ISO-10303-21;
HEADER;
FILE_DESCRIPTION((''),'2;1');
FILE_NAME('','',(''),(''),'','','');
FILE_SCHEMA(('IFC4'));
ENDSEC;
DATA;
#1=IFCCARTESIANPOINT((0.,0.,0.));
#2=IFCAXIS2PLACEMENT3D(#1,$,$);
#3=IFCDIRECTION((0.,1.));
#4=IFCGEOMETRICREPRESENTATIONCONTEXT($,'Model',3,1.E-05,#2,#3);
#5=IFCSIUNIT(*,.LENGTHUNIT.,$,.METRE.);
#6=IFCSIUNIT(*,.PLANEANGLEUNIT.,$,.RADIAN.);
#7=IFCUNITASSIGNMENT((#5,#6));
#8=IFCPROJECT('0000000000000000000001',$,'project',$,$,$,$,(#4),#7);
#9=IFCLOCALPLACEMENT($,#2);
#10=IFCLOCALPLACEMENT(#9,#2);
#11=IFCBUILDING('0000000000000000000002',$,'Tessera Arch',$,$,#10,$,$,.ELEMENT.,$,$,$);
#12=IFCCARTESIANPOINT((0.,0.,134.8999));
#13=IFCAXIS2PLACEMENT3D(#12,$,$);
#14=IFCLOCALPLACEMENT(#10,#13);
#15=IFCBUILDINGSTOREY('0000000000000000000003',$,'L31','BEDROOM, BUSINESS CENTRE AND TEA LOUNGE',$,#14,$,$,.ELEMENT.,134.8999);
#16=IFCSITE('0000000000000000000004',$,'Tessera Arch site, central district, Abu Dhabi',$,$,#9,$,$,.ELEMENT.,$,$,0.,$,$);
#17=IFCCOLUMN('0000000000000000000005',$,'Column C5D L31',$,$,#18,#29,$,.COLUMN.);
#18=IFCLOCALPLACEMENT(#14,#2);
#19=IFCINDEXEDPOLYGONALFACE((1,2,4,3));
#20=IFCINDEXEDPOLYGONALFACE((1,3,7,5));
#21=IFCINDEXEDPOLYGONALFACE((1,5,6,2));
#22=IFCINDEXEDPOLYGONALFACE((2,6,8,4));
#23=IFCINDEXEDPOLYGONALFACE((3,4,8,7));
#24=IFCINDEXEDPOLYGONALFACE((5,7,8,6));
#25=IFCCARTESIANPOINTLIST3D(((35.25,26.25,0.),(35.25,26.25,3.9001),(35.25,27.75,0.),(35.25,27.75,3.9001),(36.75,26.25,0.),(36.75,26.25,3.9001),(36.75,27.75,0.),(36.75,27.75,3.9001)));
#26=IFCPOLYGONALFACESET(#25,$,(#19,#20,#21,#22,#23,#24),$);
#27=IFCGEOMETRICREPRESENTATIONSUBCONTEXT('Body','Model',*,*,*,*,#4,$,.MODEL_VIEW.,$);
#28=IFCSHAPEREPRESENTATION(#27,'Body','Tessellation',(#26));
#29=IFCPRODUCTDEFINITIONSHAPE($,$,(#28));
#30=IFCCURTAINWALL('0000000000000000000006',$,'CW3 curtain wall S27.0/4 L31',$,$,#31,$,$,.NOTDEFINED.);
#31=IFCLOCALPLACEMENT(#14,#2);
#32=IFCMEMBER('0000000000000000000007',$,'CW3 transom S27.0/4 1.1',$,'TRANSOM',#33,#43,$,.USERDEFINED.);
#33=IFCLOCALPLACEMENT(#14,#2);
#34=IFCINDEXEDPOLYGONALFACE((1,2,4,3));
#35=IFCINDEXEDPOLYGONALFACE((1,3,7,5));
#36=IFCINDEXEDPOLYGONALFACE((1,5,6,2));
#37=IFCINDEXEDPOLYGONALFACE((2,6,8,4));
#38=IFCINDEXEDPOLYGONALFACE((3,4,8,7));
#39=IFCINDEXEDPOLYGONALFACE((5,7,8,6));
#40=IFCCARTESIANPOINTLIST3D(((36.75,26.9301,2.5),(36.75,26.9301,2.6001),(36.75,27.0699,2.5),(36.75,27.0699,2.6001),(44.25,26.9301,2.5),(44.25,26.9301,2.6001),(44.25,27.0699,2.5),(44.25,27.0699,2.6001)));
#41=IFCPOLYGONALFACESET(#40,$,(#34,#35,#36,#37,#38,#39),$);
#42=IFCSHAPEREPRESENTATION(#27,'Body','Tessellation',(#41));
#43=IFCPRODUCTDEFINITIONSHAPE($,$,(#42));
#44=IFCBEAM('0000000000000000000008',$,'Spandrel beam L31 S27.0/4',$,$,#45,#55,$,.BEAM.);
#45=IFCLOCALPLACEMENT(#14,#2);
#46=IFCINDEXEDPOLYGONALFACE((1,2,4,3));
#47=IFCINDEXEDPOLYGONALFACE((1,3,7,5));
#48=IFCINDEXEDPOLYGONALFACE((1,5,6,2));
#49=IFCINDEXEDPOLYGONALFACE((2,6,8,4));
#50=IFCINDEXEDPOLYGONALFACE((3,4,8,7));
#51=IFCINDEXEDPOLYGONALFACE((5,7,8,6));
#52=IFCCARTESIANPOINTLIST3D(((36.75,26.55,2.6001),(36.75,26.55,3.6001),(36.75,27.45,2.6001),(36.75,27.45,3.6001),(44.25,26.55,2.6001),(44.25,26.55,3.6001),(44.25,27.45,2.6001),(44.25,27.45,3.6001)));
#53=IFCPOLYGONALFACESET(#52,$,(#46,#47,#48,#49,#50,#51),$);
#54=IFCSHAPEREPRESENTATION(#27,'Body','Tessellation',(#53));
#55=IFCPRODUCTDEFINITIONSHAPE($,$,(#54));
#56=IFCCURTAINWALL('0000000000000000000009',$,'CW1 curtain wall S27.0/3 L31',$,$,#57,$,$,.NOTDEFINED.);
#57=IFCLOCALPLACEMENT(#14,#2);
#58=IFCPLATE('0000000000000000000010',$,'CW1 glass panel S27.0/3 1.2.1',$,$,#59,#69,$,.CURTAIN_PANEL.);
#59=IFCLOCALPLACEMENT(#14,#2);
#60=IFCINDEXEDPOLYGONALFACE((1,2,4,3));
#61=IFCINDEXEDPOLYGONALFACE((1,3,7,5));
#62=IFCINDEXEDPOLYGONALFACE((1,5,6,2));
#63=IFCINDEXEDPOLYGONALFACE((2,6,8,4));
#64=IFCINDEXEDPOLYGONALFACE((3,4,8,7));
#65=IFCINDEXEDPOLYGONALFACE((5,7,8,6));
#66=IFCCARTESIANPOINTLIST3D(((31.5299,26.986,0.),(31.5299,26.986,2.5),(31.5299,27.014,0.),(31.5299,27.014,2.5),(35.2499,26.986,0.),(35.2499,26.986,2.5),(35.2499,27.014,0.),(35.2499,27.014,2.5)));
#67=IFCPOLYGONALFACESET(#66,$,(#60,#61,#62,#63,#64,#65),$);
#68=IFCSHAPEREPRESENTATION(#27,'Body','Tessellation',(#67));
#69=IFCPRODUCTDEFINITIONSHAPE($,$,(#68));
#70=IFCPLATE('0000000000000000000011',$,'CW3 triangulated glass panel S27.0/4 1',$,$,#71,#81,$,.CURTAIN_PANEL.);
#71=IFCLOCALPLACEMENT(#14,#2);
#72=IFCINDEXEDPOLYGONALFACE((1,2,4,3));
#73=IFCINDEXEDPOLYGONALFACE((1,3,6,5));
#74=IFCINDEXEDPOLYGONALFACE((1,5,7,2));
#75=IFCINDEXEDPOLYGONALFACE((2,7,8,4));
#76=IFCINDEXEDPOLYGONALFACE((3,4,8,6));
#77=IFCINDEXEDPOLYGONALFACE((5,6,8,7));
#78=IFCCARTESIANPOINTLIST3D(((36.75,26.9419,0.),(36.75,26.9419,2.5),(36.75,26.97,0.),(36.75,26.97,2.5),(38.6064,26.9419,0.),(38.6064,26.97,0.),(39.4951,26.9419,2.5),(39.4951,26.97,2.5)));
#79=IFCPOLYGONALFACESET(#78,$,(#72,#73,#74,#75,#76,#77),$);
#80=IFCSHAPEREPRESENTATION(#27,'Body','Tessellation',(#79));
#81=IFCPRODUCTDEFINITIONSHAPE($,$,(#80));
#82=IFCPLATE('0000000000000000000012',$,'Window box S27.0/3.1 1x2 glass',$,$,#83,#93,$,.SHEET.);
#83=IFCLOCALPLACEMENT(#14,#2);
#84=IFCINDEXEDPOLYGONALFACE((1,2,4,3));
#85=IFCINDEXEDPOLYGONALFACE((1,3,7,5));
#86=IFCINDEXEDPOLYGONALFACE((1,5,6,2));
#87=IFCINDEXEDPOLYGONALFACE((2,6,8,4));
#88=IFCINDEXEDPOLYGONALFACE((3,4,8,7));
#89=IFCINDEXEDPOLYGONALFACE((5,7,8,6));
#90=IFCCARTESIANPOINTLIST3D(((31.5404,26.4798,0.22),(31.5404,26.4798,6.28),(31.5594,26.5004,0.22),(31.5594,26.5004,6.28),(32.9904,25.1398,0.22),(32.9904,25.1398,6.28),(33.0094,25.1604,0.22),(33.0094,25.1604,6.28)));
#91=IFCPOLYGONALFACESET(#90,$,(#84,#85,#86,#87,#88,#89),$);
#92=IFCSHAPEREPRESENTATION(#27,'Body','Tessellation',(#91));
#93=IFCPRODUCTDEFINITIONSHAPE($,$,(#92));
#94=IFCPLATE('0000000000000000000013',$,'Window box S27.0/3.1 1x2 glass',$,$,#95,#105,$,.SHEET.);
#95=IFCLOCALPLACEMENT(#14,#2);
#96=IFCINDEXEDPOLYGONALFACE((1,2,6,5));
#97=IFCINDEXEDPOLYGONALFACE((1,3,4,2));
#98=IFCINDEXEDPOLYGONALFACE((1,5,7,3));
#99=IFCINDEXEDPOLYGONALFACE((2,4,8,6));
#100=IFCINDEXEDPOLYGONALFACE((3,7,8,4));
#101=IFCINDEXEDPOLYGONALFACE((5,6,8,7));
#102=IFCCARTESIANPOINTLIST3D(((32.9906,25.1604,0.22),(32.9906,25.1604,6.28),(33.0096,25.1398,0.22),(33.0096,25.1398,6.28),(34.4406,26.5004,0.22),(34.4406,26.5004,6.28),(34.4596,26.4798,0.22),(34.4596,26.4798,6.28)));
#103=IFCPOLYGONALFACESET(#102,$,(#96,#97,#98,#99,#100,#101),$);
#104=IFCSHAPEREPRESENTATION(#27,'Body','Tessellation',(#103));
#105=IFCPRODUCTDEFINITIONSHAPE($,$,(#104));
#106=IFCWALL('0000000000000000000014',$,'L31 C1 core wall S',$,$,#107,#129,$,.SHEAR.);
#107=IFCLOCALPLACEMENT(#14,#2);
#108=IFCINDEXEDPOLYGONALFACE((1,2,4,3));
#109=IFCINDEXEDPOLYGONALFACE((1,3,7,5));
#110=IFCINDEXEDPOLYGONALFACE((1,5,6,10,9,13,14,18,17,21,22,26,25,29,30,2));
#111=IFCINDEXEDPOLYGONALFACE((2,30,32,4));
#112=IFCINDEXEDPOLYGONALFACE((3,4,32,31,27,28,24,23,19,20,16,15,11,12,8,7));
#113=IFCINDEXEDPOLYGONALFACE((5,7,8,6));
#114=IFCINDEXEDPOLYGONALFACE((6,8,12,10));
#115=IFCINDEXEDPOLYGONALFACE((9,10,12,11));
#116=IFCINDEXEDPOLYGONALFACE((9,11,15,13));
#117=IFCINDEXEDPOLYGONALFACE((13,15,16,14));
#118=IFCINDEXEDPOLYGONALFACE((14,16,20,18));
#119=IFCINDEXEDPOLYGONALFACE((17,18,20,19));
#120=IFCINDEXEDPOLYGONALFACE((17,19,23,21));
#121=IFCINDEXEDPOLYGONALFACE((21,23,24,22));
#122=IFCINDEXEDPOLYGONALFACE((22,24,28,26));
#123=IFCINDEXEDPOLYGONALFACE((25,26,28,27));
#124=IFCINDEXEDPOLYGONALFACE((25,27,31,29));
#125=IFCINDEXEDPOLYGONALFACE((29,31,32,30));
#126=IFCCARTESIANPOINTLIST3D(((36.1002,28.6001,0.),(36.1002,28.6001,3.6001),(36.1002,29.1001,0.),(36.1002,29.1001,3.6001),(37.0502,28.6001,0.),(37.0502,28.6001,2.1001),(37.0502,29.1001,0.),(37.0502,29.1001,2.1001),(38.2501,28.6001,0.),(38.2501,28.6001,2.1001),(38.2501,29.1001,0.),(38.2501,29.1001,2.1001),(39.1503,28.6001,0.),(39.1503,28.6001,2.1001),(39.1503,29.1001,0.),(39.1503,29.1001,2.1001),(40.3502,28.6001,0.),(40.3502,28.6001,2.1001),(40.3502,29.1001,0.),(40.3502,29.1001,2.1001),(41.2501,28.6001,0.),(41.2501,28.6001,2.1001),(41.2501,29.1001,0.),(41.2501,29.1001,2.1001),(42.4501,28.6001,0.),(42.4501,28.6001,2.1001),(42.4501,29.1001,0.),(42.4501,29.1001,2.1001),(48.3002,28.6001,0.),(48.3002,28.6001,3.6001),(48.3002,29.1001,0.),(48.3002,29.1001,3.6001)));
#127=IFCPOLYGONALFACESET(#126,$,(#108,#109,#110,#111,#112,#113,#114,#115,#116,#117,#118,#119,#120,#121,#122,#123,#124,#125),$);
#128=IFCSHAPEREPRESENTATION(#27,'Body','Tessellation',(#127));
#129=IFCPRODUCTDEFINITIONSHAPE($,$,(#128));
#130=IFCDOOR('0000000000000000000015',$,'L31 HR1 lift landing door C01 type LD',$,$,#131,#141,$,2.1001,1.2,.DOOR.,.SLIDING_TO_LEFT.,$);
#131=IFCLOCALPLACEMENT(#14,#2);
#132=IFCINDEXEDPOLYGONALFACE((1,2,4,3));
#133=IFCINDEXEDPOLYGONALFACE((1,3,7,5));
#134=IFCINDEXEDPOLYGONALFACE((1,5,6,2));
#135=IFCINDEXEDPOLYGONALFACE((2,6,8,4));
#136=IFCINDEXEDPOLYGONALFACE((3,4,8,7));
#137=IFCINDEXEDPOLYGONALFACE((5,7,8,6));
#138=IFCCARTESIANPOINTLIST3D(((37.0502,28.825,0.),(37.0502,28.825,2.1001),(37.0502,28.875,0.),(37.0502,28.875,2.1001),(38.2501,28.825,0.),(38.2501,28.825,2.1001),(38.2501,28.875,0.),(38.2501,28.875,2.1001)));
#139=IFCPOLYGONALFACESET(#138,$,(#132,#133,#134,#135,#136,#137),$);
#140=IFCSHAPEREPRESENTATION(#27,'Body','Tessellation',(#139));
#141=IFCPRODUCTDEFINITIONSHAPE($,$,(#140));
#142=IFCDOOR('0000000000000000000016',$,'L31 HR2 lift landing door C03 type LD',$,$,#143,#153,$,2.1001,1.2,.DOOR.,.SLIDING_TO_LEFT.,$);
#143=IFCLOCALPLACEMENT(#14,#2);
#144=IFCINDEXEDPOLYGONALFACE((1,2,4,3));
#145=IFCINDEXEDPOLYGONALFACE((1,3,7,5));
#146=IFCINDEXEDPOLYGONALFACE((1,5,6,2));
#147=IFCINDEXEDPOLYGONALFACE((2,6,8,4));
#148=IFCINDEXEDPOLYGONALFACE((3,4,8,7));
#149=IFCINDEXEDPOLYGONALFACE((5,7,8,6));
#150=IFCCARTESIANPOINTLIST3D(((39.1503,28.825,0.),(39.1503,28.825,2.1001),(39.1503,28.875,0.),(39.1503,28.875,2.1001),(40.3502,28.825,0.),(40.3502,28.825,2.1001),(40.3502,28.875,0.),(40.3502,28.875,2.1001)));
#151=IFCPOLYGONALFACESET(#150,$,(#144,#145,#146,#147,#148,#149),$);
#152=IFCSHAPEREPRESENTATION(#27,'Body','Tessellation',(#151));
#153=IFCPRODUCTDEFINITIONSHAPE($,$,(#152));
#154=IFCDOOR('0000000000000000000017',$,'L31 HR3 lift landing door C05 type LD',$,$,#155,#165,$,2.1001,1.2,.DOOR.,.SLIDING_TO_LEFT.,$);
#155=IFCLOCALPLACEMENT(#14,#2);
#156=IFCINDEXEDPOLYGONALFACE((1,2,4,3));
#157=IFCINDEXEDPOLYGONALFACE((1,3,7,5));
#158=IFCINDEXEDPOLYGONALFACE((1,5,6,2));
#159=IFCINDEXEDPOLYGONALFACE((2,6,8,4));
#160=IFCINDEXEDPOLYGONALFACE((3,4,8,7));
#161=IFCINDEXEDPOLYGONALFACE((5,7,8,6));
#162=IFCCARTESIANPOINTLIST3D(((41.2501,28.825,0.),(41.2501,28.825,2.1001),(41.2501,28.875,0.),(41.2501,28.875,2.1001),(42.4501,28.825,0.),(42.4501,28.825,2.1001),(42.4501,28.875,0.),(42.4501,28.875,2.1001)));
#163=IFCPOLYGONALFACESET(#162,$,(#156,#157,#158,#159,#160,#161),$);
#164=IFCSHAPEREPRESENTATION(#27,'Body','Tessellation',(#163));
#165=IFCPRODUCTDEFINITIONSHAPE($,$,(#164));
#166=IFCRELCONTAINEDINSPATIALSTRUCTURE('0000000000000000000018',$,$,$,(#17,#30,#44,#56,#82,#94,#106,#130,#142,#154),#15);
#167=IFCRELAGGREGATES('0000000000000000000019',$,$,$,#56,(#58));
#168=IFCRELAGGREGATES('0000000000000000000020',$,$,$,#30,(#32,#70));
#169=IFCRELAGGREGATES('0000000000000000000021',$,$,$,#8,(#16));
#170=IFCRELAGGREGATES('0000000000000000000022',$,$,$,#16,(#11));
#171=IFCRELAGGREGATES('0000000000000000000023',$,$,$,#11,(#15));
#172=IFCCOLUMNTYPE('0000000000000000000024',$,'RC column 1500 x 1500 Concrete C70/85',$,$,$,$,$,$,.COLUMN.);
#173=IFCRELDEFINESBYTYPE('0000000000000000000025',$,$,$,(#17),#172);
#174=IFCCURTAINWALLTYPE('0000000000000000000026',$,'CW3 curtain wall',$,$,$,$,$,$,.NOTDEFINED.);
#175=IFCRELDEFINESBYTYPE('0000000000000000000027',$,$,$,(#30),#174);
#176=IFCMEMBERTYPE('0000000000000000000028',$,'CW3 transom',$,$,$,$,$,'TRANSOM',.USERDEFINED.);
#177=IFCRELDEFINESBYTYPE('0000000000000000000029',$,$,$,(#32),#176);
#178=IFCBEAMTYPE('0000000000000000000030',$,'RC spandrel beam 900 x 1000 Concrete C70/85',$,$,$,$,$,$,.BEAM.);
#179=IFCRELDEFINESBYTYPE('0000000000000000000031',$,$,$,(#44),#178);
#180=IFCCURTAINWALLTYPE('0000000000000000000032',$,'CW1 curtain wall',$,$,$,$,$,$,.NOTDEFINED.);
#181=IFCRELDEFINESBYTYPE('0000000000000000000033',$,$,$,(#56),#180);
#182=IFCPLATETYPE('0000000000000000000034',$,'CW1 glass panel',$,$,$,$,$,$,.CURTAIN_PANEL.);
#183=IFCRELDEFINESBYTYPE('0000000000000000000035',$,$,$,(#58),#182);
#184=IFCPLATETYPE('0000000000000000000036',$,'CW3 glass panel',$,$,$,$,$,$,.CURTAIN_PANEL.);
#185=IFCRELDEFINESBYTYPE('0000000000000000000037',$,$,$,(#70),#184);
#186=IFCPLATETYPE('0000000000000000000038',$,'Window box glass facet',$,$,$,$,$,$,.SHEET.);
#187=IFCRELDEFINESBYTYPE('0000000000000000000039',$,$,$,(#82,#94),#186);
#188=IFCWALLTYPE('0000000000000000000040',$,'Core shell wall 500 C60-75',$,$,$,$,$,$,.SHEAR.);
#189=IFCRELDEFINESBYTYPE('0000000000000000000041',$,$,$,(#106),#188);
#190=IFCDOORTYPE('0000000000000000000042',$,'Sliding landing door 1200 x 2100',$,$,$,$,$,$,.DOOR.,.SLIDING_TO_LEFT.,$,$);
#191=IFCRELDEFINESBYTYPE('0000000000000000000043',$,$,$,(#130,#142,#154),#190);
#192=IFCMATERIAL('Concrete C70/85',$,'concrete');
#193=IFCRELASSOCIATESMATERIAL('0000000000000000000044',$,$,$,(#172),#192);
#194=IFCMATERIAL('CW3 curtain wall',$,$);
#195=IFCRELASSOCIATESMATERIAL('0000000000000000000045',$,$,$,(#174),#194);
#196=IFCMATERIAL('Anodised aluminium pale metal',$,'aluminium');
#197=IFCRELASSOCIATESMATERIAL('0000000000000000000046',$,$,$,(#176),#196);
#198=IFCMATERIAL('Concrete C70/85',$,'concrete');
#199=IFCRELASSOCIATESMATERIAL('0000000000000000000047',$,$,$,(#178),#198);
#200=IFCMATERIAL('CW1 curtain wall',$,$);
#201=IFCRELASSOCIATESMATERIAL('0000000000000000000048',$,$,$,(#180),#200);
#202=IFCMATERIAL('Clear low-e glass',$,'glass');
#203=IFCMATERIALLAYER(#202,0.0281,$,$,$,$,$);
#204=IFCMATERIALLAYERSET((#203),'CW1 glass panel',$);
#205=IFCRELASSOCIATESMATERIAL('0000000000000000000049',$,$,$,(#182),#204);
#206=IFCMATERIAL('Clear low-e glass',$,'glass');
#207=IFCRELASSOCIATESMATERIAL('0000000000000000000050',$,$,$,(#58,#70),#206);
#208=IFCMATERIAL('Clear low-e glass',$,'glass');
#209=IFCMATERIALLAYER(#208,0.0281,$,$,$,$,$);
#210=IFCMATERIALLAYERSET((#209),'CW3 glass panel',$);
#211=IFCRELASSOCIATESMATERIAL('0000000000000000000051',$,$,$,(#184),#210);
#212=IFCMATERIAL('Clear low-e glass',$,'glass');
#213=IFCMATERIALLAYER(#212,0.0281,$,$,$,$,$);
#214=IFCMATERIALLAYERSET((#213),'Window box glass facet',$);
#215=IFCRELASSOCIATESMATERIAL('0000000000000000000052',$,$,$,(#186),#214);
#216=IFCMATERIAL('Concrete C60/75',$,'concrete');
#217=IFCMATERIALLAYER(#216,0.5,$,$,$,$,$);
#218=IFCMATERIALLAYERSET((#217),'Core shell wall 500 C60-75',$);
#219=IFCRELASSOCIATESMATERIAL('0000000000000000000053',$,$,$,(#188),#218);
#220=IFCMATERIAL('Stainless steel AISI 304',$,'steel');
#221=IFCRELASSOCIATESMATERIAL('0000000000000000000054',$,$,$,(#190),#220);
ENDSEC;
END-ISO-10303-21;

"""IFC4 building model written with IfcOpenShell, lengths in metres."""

from ifc_helpers import new_model, si_unit, direction, frame, frame_2d, origin, origin_2d, place, context, subcontext, project, spatial, polyline, rectangle, outline, extrude, material, layer, layer_set, material_profile, profile_set, type_object, element, fill, aggregate, save


model = new_model("IFC4")

# Units and contexts
model_context = context("Model", 3, precision=1e-05, world=origin(), true_north=direction((0.0, 1.0)))
body_context = subcontext(model_context, "Body", "Model", "MODEL_VIEW")
ifc_project = project(units=[si_unit("LENGTHUNIT", "METRE"), si_unit("PLANEANGLEUNIT", "RADIAN")], contexts=[model_context])

# Site, building, storey
site_placement = place(None, origin())
site = spatial("IfcSite", under=ifc_project, at=site_placement, Name="Tessera Arch site, central district, Abu Dhabi", CompositionType="ELEMENT", RefElevation=0.0)
building_placement = place(site_placement, origin())
building = spatial("IfcBuilding", under=site, at=building_placement, Name="Tessera Arch", CompositionType="ELEMENT")
storey_placement = place(building_placement, frame((0.0, 0.0, 134.8999)))
storey = spatial("IfcBuildingStorey", under=building, at=storey_placement, Name="L31", Description="BEDROOM, BUSINESS CENTRE AND TEA LOUNGE", CompositionType="ELEMENT", Elevation=134.8999)

# Column
ifc_material_1 = material(Name="Concrete C70/85", Category="concrete")
ifc_material_profile_1 = material_profile(ifc_material_1, rectangle(XDim=1.5, YDim=1.5, at=origin_2d()), Name="RC column 1500 x 1500 Concrete C70/85")
ifc_profile_set_1 = profile_set([ifc_material_profile_1], Name="Concrete C70/85")
column_type = type_object("IfcColumnType", Name="RC column 1500 x 1500 Concrete C70/85", PredefinedType="COLUMN", material=ifc_profile_set_1)
column_placement = place(storey_placement, frame((36.0, 27.0, 0.0), z_axis=(0.0, 0.0, 1.0), x_axis=(1.0, 0.0, 0.0)))
element("IfcColumn", 1, at=column_placement, inside=storey, type_object=column_type, Name="Column C5D L31", PredefinedType="COLUMN", context=body_context, shape_type="SweptSolid", body=[
    extrude(rectangle(XDim=1.5, YDim=1.5, at=origin_2d()), origin(), (0.0, 0.0, 1.0), 3.9001),
])

# Curtain wall, member
ifc_material_2 = material(Name="CW3 curtain wall")
curtain_wall_type_1 = type_object("IfcCurtainWallType", Name="CW3 curtain wall", PredefinedType="NOTDEFINED", material=ifc_material_2)
curtain_wall_1_placement = place(storey_placement, origin())
curtain_wall_1 = element("IfcCurtainWall", 2, at=curtain_wall_1_placement, inside=storey, type_object=curtain_wall_type_1, Name="CW3 curtain wall S27.0/4 L31", PredefinedType="NOTDEFINED")
ifc_material_3 = material(Name="Anodised aluminium pale metal", Category="aluminium")
ifc_material_profile_2 = material_profile(ifc_material_3, rectangle(XDim=0.1399, YDim=0.1001, at=origin_2d()), Name="AL 140x100")
ifc_profile_set_2 = profile_set([ifc_material_profile_2], Name="Anodised aluminium pale metal")
member_type = type_object("IfcMemberType", Name="CW3 transom", ElementType="TRANSOM", PredefinedType="USERDEFINED", material=ifc_profile_set_2)
member_placement = place(storey_placement, frame((36.75, 27.0, 2.55), z_axis=(1.0, 0.0, 0.0), x_axis=(0.0, 1.0, 0.0)))
member = element("IfcMember", 3, at=member_placement, type_object=member_type, Name="CW3 transom S27.0/4 1.1", ObjectType="TRANSOM", PredefinedType="USERDEFINED", context=body_context, shape_type="SweptSolid", body=[
    extrude(rectangle(XDim=0.1399, YDim=0.1001, at=origin_2d()), origin(), (0.0, 0.0, 1.0), 7.5),
])

# Beam
ifc_material_4 = material(Name="Concrete C70/85", Category="concrete")
ifc_material_profile_3 = material_profile(ifc_material_4, rectangle(XDim=0.8999, YDim=1.0, at=origin_2d()), Name="RC spandrel beam 900 x 1000 Concrete C70/85")
ifc_profile_set_3 = profile_set([ifc_material_profile_3], Name="Concrete C70/85")
beam_type = type_object("IfcBeamType", Name="RC spandrel beam 900 x 1000 Concrete C70/85", PredefinedType="BEAM", material=ifc_profile_set_3)
beam_placement = place(storey_placement, frame((36.75, 27.0, 3.1001), z_axis=(1.0, 0.0, 0.0), x_axis=(0.0, 1.0, 0.0)))
element("IfcBeam", 4, at=beam_placement, inside=storey, type_object=beam_type, Name="Spandrel beam L31 S27.0/4", PredefinedType="BEAM", context=body_context, shape_type="SweptSolid", body=[
    extrude(rectangle(XDim=0.8999, YDim=1.0, at=origin_2d()), origin(), (0.0, 0.0, 1.0), 7.5),
])

# Curtain wall, plate
ifc_material_5 = material(Name="CW1 curtain wall")
curtain_wall_type_2 = type_object("IfcCurtainWallType", Name="CW1 curtain wall", PredefinedType="NOTDEFINED", material=ifc_material_5)
curtain_wall_2_placement = place(storey_placement, origin())
curtain_wall_2 = element("IfcCurtainWall", 5, at=curtain_wall_2_placement, inside=storey, type_object=curtain_wall_type_2, Name="CW1 curtain wall S27.0/3 L31", PredefinedType="NOTDEFINED")
ifc_material_6 = material(Name="Clear low-e glass", Category="glass")
ifc_material_7 = material(Name="Clear low-e glass", Category="glass")
ifc_layer_1 = layer(ifc_material_7, 0.0281)
ifc_layer_set_1 = layer_set([ifc_layer_1], Name="CW1 glass panel")
plate_type_1 = type_object("IfcPlateType", Name="CW1 glass panel", PredefinedType="CURTAIN_PANEL", material=ifc_layer_set_1)
plate_1_placement = place(storey_placement, frame((33.3899, 27.0, 0.0), z_axis=(0.0, 0.0, 1.0), x_axis=(1.0, 0.0, 0.0)))
plate_1 = element("IfcPlate", 6, at=plate_1_placement, type_object=plate_type_1, material=ifc_material_6, Name="CW1 glass panel S27.0/3 1.2.1", PredefinedType="CURTAIN_PANEL", context=body_context, shape_type="SweptSolid", body=[
    extrude(rectangle(XDim=3.72, YDim=0.0281, at=origin_2d()), origin(), (0.0, 0.0, 1.0), 2.5),
])
aggregate(curtain_wall_2, [plate_1])

# Plate
ifc_material_8 = material(Name="Clear low-e glass", Category="glass")
ifc_layer_2 = layer(ifc_material_8, 0.0281)
ifc_layer_set_2 = layer_set([ifc_layer_2], Name="CW3 glass panel")
plate_type_2 = type_object("IfcPlateType", Name="CW3 glass panel", PredefinedType="CURTAIN_PANEL", material=ifc_layer_set_2)
plate_2_placement = place(storey_placement, frame((36.75, 26.9419, 0.0), z_axis=(0.0, -1.0, 0.0), x_axis=(1.0, 0.0, 0.0)))
plate_2 = element("IfcPlate", 7, at=plate_2_placement, type_object=plate_type_2, material=ifc_material_6, Name="CW3 triangulated glass panel S27.0/4 1", PredefinedType="CURTAIN_PANEL", context=body_context, shape_type="SweptSolid", body=[
    extrude(outline(polyline([(0.0, 0.0), (1.8564, 0.0), (2.7451, 2.5), (0.0, 2.5), (0.0, 0.0)])), origin(), (0.0, 0.0, -1.0), 0.0281),
])
aggregate(curtain_wall_1, [member, plate_2])

# Plates
ifc_material_9 = material(Name="Clear low-e glass", Category="glass")
ifc_layer_3 = layer(ifc_material_9, 0.0281)
ifc_layer_set_3 = layer_set([ifc_layer_3], Name="Window box glass facet")
plate_type_3 = type_object("IfcPlateType", Name="Window box glass facet", PredefinedType="SHEET", material=ifc_layer_set_3)
for number, where, z_axis, x_axis, name in (
    (8, (32.2749, 25.8201, 0.22), (0.0, 0.0, 1.0), (0.734415, -0.678701, 0.0), "Window box S27.0/3.1 1x2 glass"),
    (9, (33.7251, 25.8201, 0.22), (0.0, 0.0, 1.0), (-0.734415, -0.678701, 0.0), "Window box S27.0/3.1 1x2 glass"),
):
    element("IfcPlate", number, at=place(storey_placement, frame(where, z_axis=z_axis, x_axis=x_axis)), inside=storey, type_object=plate_type_3, Name=name, PredefinedType="SHEET", context=body_context, shape_type="SweptSolid", body=[
        extrude(rectangle(XDim=1.9744, YDim=0.0281, at=origin_2d()), origin(), (0.0, 0.0, 1.0), 6.0601),
    ])

# Wall, openings, doors
ifc_material_10 = material(Name="Concrete C60/75", Category="concrete")
ifc_layer_4 = layer(ifc_material_10, 0.5)
ifc_layer_set_4 = layer_set([ifc_layer_4], Name="Core shell wall 500 C60-75")
wall_type_1 = type_object("IfcWallType", Name="Core shell wall 500 C60-75", PredefinedType="SHEAR", material=ifc_layer_set_4)
wall_1_placement = place(storey_placement, frame((36.1001, 28.8501, 0.0), z_axis=(0.0, 0.0, 1.0), x_axis=(1.0, 0.0, 0.0)))
wall_1 = element("IfcWall", 10, at=wall_1_placement, inside=storey, type_object=wall_type_1, Name="L31 C1 core wall S", PredefinedType="SHEAR", context=body_context, shape_type="SweptSolid", body=[
    extrude(rectangle(XDim=12.2, YDim=0.5, at=frame_2d((6.1001, 0.0))), origin(), (0.0, 0.0, 1.0), 3.6001),
])
opening_1_placement = place(wall_1_placement, frame((0.95, 0.0, 0.0)))
opening_1 = element("IfcOpeningElement", 11, at=opening_1_placement, cuts=wall_1, PredefinedType="OPENING", context=body_context, shape_type="SweptSolid", body=[
    extrude(rectangle(XDim=1.2, YDim=2.1001, at=frame_2d((0.6001, 1.05))), frame((0.0, 0.26, 0.0), z_axis=(0.0, -1.0, 0.0), x_axis=(1.0, 0.0, 0.0)), (0.0, 0.0, 1.0), 0.52),
])
opening_2_placement = place(wall_1_placement, frame((3.05, 0.0, 0.0)))
opening_2 = element("IfcOpeningElement", 12, at=opening_2_placement, cuts=wall_1, PredefinedType="OPENING", context=body_context, shape_type="SweptSolid", body=[
    extrude(rectangle(XDim=1.2, YDim=2.1001, at=frame_2d((0.6001, 1.05))), frame((0.0, 0.26, 0.0), z_axis=(0.0, -1.0, 0.0), x_axis=(1.0, 0.0, 0.0)), (0.0, 0.0, 1.0), 0.52),
])
opening_3_placement = place(wall_1_placement, frame((5.1499, 0.0, 0.0)))
opening_3 = element("IfcOpeningElement", 13, at=opening_3_placement, cuts=wall_1, PredefinedType="OPENING", context=body_context, shape_type="SweptSolid", body=[
    extrude(rectangle(XDim=1.2, YDim=2.1001, at=frame_2d((0.6001, 1.05))), frame((0.0, 0.26, 0.0), z_axis=(0.0, -1.0, 0.0), x_axis=(1.0, 0.0, 0.0)), (0.0, 0.0, 1.0), 0.52),
])
ifc_material_11 = material(Name="Stainless steel AISI 304", Category="steel")
door_type_1 = type_object("IfcDoorType", Name="Sliding landing door 1200 x 2100", OperationType="SLIDING_TO_LEFT", PredefinedType="DOOR", material=ifc_material_11)
door_1_placement = place(opening_1_placement, origin())
door_1 = element("IfcDoor", 14, at=door_1_placement, inside=storey, type_object=door_type_1, Name="L31 HR1 lift landing door C01 type LD", OperationType="SLIDING_TO_LEFT", OverallHeight=2.1001, OverallWidth=1.2, PredefinedType="DOOR", context=body_context, shape_type="SweptSolid", body=[
    extrude(rectangle(XDim=1.2, YDim=2.1001, at=frame_2d((0.6001, 1.05))), frame((0.0, 0.0249, 0.0), z_axis=(0.0, -1.0, 0.0), x_axis=(1.0, 0.0, 0.0)), (0.0, 0.0, 1.0), 0.05),
])
fill(opening_1, door_1)
door_2_placement = place(opening_2_placement, origin())
door_2 = element("IfcDoor", 15, at=door_2_placement, inside=storey, type_object=door_type_1, Name="L31 HR2 lift landing door C03 type LD", OperationType="SLIDING_TO_LEFT", OverallHeight=2.1001, OverallWidth=1.2, PredefinedType="DOOR", context=body_context, shape_type="SweptSolid", body=[
    extrude(rectangle(XDim=1.2, YDim=2.1001, at=frame_2d((0.6001, 1.05))), frame((0.0, 0.0249, 0.0), z_axis=(0.0, -1.0, 0.0), x_axis=(1.0, 0.0, 0.0)), (0.0, 0.0, 1.0), 0.05),
])
fill(opening_2, door_2)
door_3_placement = place(opening_3_placement, origin())
door_3 = element("IfcDoor", 16, at=door_3_placement, inside=storey, type_object=door_type_1, Name="L31 HR3 lift landing door C05 type LD", OperationType="SLIDING_TO_LEFT", OverallHeight=2.1001, OverallWidth=1.2, PredefinedType="DOOR", context=body_context, shape_type="SweptSolid", body=[
    extrude(rectangle(XDim=1.2, YDim=2.1001, at=frame_2d((0.6001, 1.05))), frame((0.0, 0.0249, 0.0), z_axis=(0.0, -1.0, 0.0), x_axis=(1.0, 0.0, 0.0)), (0.0, 0.0, 1.0), 0.05),
])
fill(opening_3, door_3)

save(model, "model.ifc")
